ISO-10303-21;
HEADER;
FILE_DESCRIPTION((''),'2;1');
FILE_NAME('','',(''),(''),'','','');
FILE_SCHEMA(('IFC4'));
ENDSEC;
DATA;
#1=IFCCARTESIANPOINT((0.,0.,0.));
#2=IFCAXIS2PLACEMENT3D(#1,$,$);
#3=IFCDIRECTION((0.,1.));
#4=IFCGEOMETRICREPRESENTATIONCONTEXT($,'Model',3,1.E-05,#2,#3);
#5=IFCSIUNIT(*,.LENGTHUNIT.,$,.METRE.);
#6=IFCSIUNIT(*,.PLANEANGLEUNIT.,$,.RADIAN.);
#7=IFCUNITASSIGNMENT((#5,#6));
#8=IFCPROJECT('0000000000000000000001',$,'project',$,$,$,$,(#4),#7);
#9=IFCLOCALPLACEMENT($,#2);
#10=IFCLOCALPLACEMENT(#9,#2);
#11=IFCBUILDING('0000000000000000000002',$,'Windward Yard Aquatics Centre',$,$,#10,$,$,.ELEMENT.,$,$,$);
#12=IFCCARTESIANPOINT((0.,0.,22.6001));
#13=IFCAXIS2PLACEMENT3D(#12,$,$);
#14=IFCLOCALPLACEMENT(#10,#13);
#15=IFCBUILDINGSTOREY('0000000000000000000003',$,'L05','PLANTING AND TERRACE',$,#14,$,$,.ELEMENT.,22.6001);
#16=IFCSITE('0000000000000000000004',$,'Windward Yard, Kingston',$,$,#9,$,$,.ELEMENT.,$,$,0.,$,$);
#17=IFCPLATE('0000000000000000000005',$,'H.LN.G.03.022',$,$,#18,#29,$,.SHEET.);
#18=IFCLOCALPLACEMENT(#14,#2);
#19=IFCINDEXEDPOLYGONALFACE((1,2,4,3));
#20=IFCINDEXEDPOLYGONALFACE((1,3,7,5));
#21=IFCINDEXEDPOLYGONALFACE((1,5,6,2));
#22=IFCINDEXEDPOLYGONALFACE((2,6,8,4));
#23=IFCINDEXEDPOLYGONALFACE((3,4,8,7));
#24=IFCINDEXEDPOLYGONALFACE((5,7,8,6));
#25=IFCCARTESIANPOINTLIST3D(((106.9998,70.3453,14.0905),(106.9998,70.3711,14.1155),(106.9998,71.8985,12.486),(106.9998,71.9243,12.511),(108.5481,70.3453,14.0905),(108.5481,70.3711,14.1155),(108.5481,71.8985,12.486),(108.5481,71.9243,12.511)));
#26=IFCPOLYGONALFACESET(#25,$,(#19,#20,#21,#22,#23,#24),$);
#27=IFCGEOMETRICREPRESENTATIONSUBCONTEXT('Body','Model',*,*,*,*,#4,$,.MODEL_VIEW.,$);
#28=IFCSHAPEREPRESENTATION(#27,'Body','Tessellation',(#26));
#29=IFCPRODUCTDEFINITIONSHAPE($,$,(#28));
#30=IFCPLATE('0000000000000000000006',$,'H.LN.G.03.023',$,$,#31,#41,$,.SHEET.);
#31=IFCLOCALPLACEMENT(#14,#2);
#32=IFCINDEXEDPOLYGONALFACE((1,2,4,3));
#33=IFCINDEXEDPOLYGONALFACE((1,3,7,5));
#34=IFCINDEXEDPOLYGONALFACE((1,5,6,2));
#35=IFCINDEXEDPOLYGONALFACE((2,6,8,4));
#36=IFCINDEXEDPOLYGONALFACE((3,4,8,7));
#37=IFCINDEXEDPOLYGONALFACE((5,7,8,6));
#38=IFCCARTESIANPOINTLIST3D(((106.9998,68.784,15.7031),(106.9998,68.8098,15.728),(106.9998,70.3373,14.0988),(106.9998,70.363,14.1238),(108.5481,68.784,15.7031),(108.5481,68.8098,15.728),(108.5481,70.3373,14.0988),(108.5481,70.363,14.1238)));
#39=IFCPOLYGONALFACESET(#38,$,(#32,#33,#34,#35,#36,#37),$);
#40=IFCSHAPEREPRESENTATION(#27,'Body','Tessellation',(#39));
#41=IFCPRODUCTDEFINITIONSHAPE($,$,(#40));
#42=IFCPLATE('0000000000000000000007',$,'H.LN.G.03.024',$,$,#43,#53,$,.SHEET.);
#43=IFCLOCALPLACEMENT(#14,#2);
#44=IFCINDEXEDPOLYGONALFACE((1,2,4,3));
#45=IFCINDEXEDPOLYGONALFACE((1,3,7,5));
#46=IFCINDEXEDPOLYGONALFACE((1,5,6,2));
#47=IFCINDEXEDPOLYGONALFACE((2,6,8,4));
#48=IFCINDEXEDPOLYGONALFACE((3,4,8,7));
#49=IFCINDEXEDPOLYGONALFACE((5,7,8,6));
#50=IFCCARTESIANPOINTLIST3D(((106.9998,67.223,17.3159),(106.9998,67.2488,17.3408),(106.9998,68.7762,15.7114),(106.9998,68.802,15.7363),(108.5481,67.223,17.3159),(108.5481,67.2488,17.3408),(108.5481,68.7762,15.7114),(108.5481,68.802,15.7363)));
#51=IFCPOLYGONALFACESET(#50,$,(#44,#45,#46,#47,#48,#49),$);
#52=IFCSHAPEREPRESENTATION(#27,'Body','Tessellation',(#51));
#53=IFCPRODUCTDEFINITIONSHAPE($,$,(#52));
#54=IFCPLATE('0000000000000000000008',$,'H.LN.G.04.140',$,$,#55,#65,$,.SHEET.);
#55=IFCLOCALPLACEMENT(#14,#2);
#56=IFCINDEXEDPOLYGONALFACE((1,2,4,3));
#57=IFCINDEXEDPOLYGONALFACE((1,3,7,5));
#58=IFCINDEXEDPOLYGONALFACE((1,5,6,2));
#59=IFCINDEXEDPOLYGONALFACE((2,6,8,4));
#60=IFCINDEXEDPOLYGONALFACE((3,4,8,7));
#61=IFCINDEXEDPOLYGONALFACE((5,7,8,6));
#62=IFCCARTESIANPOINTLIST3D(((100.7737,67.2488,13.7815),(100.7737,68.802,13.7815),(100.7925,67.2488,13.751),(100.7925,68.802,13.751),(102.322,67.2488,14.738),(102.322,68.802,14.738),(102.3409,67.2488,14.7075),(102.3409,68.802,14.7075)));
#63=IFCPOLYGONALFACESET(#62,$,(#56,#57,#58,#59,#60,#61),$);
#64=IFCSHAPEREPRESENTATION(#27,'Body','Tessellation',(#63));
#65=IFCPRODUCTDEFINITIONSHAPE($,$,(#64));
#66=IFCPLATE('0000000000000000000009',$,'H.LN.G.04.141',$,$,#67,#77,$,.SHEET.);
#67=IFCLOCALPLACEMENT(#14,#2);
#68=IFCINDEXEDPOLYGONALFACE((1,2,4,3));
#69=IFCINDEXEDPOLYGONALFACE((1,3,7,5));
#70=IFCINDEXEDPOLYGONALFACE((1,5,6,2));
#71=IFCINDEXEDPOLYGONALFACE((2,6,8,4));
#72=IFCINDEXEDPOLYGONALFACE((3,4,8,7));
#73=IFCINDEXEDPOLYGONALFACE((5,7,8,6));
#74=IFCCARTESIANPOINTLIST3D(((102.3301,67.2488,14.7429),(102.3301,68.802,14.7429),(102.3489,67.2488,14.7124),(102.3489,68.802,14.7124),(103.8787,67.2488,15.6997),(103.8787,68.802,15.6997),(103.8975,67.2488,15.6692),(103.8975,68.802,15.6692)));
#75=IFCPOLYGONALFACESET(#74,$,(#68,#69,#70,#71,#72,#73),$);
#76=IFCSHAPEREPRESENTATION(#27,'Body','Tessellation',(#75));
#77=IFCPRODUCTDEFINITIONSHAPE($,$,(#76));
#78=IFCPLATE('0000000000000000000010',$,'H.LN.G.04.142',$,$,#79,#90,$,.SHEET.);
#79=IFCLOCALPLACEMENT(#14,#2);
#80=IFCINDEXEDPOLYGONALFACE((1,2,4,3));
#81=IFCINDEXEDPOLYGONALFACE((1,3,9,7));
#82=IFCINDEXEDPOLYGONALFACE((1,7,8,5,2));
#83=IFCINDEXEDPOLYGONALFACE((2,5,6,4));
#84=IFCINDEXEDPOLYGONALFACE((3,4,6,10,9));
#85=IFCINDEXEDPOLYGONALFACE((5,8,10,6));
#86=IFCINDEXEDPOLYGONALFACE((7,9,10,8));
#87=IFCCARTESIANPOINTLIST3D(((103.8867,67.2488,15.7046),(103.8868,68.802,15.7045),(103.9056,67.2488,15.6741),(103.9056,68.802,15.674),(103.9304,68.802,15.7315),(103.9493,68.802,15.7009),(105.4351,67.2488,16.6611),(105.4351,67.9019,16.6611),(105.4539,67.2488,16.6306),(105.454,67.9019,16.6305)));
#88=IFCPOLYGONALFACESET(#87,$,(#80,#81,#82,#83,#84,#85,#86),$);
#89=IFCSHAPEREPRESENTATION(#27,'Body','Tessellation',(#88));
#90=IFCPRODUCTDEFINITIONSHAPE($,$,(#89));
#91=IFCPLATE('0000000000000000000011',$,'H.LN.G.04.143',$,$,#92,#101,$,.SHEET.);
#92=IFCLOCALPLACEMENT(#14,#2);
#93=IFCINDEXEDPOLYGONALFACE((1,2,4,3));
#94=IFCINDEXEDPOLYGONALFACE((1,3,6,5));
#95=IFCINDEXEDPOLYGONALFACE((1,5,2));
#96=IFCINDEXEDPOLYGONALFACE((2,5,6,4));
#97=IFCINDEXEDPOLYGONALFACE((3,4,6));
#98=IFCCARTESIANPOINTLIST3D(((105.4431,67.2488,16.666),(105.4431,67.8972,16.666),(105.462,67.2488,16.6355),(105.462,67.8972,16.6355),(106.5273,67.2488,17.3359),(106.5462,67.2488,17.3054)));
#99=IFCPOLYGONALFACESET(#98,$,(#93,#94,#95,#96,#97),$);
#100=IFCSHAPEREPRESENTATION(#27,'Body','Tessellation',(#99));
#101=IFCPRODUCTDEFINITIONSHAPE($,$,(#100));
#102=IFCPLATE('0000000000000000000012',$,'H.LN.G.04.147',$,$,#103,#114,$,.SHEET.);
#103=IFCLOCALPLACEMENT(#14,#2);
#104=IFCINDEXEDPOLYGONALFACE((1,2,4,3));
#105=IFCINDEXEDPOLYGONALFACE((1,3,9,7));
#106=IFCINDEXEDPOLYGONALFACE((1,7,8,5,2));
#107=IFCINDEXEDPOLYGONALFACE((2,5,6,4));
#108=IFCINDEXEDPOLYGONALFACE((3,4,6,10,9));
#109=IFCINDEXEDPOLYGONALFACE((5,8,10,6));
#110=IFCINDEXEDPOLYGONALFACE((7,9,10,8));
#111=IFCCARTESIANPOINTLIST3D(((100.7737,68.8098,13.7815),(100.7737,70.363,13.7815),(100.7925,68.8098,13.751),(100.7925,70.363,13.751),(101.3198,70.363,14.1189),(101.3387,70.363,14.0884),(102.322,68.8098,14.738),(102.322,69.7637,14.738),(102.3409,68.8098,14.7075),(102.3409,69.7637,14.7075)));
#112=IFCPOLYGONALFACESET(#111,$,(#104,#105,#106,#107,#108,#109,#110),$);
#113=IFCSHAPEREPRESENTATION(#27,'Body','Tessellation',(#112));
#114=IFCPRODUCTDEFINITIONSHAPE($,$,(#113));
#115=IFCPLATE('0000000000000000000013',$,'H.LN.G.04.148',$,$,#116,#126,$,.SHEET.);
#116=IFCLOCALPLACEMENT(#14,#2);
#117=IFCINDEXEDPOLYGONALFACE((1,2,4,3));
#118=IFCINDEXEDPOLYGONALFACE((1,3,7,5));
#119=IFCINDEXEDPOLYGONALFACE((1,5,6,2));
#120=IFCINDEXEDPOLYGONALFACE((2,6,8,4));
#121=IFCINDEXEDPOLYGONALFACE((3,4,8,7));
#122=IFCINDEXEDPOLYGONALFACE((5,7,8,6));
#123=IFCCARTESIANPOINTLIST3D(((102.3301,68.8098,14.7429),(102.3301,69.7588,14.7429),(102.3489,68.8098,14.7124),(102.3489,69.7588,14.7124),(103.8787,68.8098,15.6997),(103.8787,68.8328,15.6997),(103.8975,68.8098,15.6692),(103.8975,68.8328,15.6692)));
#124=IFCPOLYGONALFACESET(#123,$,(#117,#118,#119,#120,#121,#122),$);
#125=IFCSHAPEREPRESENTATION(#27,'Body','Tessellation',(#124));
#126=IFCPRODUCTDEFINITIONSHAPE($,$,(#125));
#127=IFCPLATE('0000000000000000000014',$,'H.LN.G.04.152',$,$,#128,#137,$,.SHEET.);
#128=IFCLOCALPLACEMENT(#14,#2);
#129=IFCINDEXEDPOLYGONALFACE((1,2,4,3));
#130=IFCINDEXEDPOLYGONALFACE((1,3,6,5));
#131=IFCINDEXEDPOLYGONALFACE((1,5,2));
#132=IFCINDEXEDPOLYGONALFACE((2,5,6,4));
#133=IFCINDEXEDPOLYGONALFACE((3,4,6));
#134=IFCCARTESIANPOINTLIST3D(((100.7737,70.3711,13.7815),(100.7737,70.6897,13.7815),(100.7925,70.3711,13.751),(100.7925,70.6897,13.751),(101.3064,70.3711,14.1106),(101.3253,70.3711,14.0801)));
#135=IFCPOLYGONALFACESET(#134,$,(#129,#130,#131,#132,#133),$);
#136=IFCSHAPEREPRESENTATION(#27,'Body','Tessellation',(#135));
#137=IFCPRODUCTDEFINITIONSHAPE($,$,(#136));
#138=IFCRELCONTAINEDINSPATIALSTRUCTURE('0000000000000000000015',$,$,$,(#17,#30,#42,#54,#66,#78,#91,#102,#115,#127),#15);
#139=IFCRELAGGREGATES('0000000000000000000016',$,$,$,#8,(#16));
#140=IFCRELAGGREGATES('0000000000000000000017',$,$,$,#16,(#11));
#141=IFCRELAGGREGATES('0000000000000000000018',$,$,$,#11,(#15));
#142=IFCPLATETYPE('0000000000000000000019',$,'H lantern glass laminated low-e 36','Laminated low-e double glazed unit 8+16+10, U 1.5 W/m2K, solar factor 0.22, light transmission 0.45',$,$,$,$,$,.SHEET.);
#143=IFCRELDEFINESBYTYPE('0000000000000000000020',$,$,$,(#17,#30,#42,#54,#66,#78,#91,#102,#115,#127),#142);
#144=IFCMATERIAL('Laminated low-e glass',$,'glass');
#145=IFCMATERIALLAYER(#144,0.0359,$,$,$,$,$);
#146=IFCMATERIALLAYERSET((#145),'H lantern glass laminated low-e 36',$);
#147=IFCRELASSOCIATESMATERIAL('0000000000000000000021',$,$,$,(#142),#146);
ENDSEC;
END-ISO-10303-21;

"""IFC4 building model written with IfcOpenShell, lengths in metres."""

from ifc_helpers import new_model, si_unit, direction, frame, origin, place, context, subcontext, project, spatial, polyline, outline, extrude, material, layer, layer_set, type_object, element, save


model = new_model("IFC4")

# Units and contexts
model_context = context("Model", 3, precision=1e-05, world=origin(), true_north=direction((0.0, 1.0)))
body_context = subcontext(model_context, "Body", "Model", "MODEL_VIEW")
ifc_project = project(units=[si_unit("LENGTHUNIT", "METRE"), si_unit("PLANEANGLEUNIT", "RADIAN")], contexts=[model_context])

# Site, building, storey
site_placement = place(None, origin())
site = spatial("IfcSite", under=ifc_project, at=site_placement, Name="Windward Yard, Kingston", CompositionType="ELEMENT", RefElevation=0.0)
building_placement = place(site_placement, origin())
building = spatial("IfcBuilding", under=site, at=building_placement, Name="Windward Yard Aquatics Centre", CompositionType="ELEMENT")
storey_placement = place(building_placement, frame((0.0, 0.0, 22.6001)))
storey = spatial("IfcBuildingStorey", under=building, at=storey_placement, Name="L05", Description="PLANTING AND TERRACE", CompositionType="ELEMENT", Elevation=22.6001)

# Plates
ifc_material_1 = material(Name="Laminated low-e glass", Category="glass")
ifc_layer = layer(ifc_material_1, 0.0359)
ifc_layer_set = layer_set([ifc_layer], Name="H lantern glass laminated low-e 36")
plate_type = type_object("IfcPlateType", Name="H lantern glass laminated low-e 36", Description="Laminated low-e double glazed unit 8+16+10, U 1.5 W/m2K, solar factor 0.22, light transmission 0.45", PredefinedType="SHEET", material=ifc_layer_set)
plate_1_placement = place(storey_placement, frame((106.9998, 70.3711, 14.1155), z_axis=(0.0, 0.718493, 0.695534), x_axis=(0.0, 0.695534, -0.718493)))
element("IfcPlate", 1, at=plate_1_placement, inside=storey, type_object=plate_type, Name="H.LN.G.03.022", PredefinedType="SHEET", context=body_context, shape_type="SweptSolid", body=[
    extrude(outline(polyline([(0.0, 0.0), (2.2331, 0.0), (2.2331, -1.5483), (0.0, -1.5483), (0.0, 0.0)])), origin(), (0.0, 0.0, -1.0), 0.0359),
])
plate_2_placement = place(storey_placement, frame((106.9998, 68.8098, 15.728), z_axis=(0.0, 0.71844, 0.695589), x_axis=(0.0, 0.695589, -0.71844)))
element("IfcPlate", 2, at=plate_2_placement, inside=storey, type_object=plate_type, Name="H.LN.G.03.023", PredefinedType="SHEET", context=body_context, shape_type="SweptSolid", body=[
    extrude(outline(polyline([(0.0, 0.0), (2.233, 0.0), (2.233, -1.5483), (0.0, -1.5483), (0.0, 0.0)])), origin(), (0.0, 0.0, -1.0), 0.0359),
])
plate_3_placement = place(storey_placement, frame((106.9998, 67.2488, 17.3408), z_axis=(0.0, 0.718493, 0.695534), x_axis=(0.0, 0.695534, -0.718493)))
element("IfcPlate", 3, at=plate_3_placement, inside=storey, type_object=plate_type, Name="H.LN.G.03.024", PredefinedType="SHEET", context=body_context, shape_type="SweptSolid", body=[
    extrude(outline(polyline([(0.0, 0.0), (2.2331, 0.0), (2.2331, -1.5483), (0.0, -1.5483), (0.0, 0.0)])), origin(), (0.0, 0.0, -1.0), 0.0359),
])
plate_4_placement = place(storey_placement, frame((100.7737, 67.2488, 13.7815), z_axis=(-0.525579, 0.0, 0.850745), x_axis=(0.0, 1.0, 0.0)))
element("IfcPlate", 4, at=plate_4_placement, inside=storey, type_object=plate_type, Name="H.LN.G.04.140", PredefinedType="SHEET", context=body_context, shape_type="SweptSolid", body=[
    extrude(outline(polyline([(0.0, 0.0), (1.5532, 0.0), (1.5532, -1.82), (0.0, -1.82), (0.0, 0.0)])), origin(), (0.0, 0.0, -1.0), 0.0359),
])
plate_5_placement = place(storey_placement, frame((102.3301, 67.2488, 14.7429), z_axis=(-0.525616, 0.0, 0.850722), x_axis=(0.0, 1.0, 0.0)))
element("IfcPlate", 5, at=plate_5_placement, inside=storey, type_object=plate_type, Name="H.LN.G.04.141", PredefinedType="SHEET", context=body_context, shape_type="SweptSolid", body=[
    extrude(outline(polyline([(0.0, 0.0), (1.5532, 0.0), (1.5532, -1.8203), (0.0, -1.8203), (0.0, 0.0)])), origin(), (0.0, 0.0, -1.0), 0.0359),
])
plate_6_placement = place(storey_placement, frame((103.8867, 67.2488, 15.7046), z_axis=(-0.525556, 0.000054, 0.850759), x_axis=(0.000029, 1.0, -0.000046)))
element("IfcPlate", 6, at=plate_6_placement, inside=storey, type_object=plate_type, Name="H.LN.G.04.142", PredefinedType="SHEET", context=body_context, shape_type="SweptSolid", body=[
    extrude(outline(polyline([(0.0, 0.0), (1.5532, 0.0), (1.5532, -0.0513), (0.6531, -1.82), (0.0, -1.82), (0.0, 0.0)])), origin(), (0.0, 0.0, -1.0), 0.0359),
])
plate_7_placement = place(storey_placement, frame((105.4431, 67.2488, 16.666), z_axis=(-0.525636, 0.0, 0.85071), x_axis=(0.0, 1.0, 0.0)))
element("IfcPlate", 7, at=plate_7_placement, inside=storey, type_object=plate_type, Name="H.LN.G.04.143", PredefinedType="SHEET", context=body_context, shape_type="SweptSolid", body=[
    extrude(outline(polyline([(0.0, 0.0), (0.6484, 0.0), (0.0, -1.2745), (0.0, 0.0)])), origin(), (0.0, 0.0, -1.0), 0.0359),
])
plate_8_placement = place(storey_placement, frame((100.7737, 68.8098, 13.7815), z_axis=(-0.525579, -0.000001, 0.850745), x_axis=(0.0, 1.0, 0.000001)))
element("IfcPlate", 8, at=plate_8_placement, inside=storey, type_object=plate_type, Name="H.LN.G.04.147", PredefinedType="SHEET", context=body_context, shape_type="SweptSolid", body=[
    extrude(outline(polyline([(0.0, 0.0), (1.5532, 0.0), (1.5532, -0.642), (0.9539, -1.82), (0.0, -1.82), (0.0, 0.0)])), origin(), (0.0, 0.0, -1.0), 0.0359),
])
plate_9_placement = place(storey_placement, frame((102.3301, 68.8098, 14.7429), z_axis=(-0.525616, 0.0, 0.850722), x_axis=(0.0, 1.0, 0.0)))
element("IfcPlate", 9, at=plate_9_placement, inside=storey, type_object=plate_type, Name="H.LN.G.04.148", PredefinedType="SHEET", context=body_context, shape_type="SweptSolid", body=[
    extrude(outline(polyline([(0.0, 0.0), (0.949, 0.0), (0.0229, -1.8203), (0.0, -1.8203), (0.0, 0.0)])), origin(), (0.0, 0.0, -1.0), 0.0359),
])
plate_10_placement = place(storey_placement, frame((100.7737, 70.3711, 13.7815), z_axis=(-0.525576, 0.0, 0.850747), x_axis=(0.0, 1.0, 0.0)))
element("IfcPlate", 10, at=plate_10_placement, inside=storey, type_object=plate_type, Name="H.LN.G.04.152", PredefinedType="SHEET", context=body_context, shape_type="SweptSolid", body=[
    extrude(outline(polyline([(0.0, 0.0), (0.3186, 0.0), (0.0, -0.6262), (0.0, 0.0)])), origin(), (0.0, 0.0, -1.0), 0.0359),
])

save(model, "model.ifc")
